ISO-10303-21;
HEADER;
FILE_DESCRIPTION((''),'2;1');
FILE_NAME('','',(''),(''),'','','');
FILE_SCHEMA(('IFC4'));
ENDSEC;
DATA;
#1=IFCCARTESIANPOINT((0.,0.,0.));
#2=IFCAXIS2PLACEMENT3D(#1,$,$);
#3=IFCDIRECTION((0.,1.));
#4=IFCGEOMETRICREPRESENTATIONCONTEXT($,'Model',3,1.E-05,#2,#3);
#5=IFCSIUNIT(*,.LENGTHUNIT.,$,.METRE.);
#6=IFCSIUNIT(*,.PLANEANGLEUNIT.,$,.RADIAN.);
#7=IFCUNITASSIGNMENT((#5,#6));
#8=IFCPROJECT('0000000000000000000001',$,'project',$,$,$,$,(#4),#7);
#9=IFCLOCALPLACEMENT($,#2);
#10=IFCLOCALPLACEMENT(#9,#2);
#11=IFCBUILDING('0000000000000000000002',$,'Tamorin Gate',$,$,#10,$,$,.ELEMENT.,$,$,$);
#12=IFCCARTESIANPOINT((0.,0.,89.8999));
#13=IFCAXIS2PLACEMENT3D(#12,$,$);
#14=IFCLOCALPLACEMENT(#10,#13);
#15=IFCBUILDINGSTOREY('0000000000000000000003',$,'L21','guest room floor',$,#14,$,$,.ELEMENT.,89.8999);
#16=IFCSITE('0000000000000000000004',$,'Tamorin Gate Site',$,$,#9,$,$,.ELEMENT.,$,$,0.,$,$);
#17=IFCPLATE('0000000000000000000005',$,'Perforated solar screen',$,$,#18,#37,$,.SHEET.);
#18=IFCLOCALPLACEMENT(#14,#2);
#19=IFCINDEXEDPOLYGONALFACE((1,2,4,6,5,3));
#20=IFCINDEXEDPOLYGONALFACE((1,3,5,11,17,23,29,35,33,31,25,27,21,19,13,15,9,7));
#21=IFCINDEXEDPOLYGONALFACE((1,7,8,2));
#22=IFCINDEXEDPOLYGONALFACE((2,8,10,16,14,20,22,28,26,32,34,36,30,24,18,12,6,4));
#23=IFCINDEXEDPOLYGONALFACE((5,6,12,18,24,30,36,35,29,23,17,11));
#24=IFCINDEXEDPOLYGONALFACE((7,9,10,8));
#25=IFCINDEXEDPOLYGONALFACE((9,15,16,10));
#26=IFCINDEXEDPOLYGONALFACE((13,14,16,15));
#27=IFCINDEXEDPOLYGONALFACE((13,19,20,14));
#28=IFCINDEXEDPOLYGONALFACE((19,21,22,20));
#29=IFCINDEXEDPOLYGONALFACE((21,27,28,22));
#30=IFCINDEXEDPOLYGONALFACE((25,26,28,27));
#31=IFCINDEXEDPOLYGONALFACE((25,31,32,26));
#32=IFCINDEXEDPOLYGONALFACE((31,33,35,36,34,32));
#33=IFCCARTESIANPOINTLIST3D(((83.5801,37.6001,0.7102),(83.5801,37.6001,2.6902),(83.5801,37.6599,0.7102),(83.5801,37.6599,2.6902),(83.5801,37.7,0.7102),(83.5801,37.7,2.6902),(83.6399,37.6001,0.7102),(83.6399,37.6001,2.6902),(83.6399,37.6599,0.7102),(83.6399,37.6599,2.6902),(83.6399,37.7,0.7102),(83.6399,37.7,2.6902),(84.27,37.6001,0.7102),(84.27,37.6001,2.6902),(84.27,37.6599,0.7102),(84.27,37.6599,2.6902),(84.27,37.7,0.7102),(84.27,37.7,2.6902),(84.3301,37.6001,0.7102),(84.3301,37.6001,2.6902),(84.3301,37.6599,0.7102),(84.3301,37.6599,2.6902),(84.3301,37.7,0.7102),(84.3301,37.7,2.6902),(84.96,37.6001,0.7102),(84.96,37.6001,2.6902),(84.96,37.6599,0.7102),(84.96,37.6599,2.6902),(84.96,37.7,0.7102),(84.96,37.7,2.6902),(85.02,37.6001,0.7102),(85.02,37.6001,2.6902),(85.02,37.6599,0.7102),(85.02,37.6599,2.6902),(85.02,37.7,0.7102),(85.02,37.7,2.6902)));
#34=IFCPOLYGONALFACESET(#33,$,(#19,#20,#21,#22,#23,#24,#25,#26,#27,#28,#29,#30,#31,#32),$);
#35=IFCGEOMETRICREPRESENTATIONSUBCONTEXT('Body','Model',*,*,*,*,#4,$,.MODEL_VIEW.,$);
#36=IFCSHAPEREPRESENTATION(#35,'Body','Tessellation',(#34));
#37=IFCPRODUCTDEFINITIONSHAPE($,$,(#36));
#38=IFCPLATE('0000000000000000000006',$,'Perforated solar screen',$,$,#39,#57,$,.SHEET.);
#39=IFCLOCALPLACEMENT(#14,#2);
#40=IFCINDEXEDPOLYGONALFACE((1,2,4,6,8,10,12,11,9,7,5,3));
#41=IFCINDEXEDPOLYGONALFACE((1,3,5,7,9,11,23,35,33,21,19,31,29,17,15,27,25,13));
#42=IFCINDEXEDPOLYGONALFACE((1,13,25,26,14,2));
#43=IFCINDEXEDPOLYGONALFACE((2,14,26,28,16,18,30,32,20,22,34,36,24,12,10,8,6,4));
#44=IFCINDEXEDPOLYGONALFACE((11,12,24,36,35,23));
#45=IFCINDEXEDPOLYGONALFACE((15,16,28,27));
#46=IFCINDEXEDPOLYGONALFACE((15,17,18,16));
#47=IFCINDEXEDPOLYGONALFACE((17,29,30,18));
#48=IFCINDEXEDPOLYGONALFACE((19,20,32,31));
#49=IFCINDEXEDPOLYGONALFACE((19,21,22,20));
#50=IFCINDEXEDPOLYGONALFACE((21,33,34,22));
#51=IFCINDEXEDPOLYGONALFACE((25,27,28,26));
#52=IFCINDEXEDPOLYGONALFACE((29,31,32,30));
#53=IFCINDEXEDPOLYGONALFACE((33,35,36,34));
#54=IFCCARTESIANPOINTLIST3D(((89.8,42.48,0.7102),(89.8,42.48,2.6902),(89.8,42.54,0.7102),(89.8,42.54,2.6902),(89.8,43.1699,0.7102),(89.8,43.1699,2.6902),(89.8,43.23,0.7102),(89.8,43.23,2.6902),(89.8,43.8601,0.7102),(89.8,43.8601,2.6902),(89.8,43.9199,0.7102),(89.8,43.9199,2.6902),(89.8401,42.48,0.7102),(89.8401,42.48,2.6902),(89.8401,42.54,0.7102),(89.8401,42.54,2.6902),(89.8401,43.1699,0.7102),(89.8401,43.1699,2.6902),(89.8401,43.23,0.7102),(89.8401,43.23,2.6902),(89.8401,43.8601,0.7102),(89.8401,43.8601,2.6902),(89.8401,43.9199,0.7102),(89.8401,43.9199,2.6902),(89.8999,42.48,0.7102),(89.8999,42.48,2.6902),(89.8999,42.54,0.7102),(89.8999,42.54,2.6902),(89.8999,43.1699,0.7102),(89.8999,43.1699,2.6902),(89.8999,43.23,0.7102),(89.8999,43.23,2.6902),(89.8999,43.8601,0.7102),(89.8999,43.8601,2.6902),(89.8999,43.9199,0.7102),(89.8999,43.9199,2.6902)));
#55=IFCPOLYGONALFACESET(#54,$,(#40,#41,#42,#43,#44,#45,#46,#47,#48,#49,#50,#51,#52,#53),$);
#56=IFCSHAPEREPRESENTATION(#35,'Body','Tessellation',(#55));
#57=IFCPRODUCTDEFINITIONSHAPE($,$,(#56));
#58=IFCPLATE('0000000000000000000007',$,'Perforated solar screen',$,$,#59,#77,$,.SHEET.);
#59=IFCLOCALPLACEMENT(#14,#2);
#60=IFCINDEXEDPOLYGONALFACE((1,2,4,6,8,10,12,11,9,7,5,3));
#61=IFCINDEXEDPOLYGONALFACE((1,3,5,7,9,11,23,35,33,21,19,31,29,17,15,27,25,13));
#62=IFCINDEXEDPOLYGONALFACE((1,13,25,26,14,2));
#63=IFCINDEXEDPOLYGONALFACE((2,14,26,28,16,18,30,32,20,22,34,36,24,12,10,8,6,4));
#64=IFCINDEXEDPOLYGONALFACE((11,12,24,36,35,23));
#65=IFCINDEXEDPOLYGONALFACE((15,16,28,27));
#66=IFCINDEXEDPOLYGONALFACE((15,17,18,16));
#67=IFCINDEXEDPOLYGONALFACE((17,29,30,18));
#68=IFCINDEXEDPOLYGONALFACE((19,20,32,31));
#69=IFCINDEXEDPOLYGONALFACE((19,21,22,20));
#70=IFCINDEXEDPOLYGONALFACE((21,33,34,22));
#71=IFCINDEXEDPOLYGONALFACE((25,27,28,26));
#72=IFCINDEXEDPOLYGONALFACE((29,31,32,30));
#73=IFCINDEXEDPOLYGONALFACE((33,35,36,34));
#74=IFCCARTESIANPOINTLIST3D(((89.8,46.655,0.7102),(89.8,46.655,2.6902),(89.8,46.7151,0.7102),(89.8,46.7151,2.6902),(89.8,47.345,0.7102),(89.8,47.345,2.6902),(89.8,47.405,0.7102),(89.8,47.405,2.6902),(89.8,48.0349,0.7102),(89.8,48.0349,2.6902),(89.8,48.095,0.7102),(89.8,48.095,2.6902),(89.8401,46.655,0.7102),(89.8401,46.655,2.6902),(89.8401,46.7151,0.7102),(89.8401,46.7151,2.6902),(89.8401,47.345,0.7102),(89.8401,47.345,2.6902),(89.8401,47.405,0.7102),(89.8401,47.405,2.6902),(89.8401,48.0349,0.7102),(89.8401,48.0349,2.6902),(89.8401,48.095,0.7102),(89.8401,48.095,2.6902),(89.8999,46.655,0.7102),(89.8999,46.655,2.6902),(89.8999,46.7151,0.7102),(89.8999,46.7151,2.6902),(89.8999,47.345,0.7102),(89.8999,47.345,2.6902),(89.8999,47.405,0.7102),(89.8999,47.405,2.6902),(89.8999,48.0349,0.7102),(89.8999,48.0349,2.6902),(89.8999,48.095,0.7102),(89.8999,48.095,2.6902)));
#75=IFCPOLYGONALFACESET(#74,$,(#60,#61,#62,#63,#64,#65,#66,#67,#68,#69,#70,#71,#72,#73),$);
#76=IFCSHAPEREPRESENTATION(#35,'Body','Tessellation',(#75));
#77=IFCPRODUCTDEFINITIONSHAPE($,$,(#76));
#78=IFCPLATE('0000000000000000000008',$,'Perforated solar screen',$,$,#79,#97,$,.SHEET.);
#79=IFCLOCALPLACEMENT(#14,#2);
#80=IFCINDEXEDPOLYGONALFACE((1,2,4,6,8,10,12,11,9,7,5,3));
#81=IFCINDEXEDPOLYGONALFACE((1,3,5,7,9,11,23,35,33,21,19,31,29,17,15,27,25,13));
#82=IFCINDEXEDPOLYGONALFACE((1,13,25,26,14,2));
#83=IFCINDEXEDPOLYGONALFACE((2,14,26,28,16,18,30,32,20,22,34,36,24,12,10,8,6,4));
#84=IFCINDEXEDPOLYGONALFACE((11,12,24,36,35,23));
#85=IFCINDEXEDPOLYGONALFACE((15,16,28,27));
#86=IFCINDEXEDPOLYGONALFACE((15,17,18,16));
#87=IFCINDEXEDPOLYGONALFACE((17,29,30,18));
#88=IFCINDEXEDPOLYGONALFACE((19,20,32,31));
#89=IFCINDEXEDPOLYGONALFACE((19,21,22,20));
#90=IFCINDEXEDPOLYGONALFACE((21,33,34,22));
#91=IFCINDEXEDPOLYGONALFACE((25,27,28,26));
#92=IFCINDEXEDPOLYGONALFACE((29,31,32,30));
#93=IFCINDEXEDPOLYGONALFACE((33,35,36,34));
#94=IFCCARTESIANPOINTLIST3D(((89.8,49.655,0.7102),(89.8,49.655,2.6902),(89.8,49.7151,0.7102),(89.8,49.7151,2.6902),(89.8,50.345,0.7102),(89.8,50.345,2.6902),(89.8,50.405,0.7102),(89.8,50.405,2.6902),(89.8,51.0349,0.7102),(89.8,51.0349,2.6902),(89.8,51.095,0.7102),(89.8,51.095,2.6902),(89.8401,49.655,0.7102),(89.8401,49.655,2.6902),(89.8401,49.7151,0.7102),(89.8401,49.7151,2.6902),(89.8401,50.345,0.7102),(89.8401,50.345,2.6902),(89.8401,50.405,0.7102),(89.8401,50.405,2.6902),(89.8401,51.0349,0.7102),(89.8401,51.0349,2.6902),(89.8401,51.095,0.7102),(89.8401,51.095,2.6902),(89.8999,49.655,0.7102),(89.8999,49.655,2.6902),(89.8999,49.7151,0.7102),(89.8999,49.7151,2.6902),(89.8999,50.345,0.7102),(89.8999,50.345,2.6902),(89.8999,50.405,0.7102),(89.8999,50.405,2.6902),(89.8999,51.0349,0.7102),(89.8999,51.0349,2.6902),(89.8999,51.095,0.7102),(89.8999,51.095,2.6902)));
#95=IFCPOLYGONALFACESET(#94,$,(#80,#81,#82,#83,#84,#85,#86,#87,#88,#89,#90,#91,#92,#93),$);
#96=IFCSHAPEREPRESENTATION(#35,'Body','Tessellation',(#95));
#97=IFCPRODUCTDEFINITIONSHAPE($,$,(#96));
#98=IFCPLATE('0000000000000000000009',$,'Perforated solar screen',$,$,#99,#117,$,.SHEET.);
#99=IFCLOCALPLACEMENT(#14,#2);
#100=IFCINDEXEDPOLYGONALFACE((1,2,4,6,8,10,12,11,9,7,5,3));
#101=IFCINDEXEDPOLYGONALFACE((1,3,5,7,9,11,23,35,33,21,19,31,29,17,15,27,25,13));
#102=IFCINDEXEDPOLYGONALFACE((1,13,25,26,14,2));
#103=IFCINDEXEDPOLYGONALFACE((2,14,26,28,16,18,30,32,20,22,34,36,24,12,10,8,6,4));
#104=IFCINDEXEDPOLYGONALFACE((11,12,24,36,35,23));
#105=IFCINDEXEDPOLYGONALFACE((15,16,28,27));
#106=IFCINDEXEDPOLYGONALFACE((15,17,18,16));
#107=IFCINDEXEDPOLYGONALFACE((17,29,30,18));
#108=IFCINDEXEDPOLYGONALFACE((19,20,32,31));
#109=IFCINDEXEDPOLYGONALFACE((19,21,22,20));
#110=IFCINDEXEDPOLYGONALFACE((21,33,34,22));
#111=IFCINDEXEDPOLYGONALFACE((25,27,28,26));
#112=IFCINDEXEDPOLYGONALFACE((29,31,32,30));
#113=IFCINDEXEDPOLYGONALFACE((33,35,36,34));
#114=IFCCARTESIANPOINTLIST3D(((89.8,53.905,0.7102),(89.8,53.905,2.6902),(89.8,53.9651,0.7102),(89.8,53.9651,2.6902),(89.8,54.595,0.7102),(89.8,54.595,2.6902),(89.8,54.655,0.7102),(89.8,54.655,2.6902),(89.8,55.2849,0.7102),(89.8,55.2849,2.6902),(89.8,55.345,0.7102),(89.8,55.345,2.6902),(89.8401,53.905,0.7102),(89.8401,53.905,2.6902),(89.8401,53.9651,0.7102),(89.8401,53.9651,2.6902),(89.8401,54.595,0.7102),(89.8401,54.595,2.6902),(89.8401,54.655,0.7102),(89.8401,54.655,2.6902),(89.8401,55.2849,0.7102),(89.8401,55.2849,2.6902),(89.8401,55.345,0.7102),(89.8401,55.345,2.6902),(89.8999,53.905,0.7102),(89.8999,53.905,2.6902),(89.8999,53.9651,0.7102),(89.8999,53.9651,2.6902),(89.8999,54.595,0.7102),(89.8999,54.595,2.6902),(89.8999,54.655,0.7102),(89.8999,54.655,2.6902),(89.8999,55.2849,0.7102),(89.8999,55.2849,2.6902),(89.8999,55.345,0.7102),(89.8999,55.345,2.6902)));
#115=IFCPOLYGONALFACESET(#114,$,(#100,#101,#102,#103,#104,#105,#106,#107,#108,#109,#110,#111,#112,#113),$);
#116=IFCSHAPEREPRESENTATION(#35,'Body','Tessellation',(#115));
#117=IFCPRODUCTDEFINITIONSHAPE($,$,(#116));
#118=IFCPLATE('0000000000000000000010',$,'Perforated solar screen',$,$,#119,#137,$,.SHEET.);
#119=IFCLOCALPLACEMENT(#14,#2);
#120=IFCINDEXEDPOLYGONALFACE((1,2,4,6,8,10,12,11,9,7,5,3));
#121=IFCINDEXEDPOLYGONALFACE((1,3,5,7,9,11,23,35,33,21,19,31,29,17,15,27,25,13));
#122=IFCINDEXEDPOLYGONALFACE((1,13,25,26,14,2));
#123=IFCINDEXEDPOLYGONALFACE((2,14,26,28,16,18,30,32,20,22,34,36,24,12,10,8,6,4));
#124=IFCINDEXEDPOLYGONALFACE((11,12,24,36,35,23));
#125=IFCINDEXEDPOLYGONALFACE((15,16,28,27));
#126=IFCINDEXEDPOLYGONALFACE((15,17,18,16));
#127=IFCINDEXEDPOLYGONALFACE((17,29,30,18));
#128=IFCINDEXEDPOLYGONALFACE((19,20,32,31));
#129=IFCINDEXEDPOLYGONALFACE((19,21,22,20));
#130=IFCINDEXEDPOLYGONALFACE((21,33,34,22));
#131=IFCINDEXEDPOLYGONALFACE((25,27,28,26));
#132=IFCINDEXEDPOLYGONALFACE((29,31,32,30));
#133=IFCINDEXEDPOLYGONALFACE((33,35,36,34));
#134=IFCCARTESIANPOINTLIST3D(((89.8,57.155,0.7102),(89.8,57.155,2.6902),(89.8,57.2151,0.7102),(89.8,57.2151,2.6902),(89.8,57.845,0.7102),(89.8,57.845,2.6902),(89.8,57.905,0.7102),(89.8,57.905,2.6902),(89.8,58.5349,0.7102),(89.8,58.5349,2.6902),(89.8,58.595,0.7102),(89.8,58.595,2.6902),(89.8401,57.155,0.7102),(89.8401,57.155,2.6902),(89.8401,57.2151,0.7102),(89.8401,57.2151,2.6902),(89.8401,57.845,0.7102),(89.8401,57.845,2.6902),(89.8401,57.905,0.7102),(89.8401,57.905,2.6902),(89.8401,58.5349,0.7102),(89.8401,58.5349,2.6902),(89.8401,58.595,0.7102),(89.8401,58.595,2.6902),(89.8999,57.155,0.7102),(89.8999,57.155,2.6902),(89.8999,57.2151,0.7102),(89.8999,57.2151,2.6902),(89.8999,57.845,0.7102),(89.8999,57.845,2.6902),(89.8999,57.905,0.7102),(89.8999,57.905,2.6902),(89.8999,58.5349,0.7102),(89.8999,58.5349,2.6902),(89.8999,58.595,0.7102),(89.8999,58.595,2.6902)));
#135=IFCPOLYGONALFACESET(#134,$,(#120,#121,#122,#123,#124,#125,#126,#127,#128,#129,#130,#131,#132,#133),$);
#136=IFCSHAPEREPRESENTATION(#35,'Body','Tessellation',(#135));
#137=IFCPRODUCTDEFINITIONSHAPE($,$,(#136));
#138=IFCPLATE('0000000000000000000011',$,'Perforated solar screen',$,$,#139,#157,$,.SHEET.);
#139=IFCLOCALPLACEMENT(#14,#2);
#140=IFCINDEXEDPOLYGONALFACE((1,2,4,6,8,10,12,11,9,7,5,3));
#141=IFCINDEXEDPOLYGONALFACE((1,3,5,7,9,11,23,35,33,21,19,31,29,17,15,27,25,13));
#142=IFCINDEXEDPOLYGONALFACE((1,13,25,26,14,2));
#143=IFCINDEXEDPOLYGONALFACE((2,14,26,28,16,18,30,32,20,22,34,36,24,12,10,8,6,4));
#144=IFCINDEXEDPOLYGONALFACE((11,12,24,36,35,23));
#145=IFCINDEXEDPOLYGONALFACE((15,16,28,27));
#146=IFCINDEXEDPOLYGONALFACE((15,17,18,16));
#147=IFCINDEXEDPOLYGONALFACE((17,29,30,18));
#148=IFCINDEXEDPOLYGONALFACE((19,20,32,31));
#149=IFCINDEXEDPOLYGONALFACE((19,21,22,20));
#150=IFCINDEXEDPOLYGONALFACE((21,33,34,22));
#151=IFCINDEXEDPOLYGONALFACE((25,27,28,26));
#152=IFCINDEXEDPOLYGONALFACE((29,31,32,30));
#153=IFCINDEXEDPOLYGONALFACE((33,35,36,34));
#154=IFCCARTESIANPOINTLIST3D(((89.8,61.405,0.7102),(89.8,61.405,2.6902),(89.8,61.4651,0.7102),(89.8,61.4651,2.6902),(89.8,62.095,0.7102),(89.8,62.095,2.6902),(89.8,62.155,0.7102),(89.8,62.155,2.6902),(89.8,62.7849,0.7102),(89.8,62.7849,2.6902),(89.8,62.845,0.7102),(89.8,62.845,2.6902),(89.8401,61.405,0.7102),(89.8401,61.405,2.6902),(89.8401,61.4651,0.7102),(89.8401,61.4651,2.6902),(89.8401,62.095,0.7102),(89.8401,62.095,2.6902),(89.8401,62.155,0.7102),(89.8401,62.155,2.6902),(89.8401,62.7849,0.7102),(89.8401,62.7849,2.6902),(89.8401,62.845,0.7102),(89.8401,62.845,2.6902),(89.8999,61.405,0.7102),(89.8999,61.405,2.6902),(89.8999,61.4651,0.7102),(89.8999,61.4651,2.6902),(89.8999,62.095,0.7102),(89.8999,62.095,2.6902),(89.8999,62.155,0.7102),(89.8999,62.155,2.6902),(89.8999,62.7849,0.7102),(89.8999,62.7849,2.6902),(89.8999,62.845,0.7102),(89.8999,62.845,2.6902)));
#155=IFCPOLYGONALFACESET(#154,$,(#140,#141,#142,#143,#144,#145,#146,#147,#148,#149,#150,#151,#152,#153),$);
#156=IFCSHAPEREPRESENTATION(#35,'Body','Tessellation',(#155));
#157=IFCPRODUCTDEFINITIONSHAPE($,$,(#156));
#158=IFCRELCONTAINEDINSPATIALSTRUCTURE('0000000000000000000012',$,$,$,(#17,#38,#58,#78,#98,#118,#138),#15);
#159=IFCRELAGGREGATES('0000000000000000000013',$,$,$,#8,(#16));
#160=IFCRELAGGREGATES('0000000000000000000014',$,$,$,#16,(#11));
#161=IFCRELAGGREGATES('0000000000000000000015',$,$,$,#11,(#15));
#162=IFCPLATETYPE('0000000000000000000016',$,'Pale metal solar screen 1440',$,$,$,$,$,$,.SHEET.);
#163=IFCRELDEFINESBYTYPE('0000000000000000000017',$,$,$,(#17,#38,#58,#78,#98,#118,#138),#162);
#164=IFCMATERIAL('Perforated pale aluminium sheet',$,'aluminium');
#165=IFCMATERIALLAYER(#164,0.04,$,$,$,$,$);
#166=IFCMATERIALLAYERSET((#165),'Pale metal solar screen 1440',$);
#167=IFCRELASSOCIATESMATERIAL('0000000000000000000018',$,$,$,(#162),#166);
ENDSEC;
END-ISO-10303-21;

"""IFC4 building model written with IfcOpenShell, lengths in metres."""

from ifc_helpers import new_model, si_unit, direction, frame, origin, place, context, subcontext, project, spatial, polyline, outline, extrude, material, layer, layer_set, type_object, element, save


model = new_model("IFC4")

# Units and contexts
model_context = context("Model", 3, precision=1e-05, world=origin(), true_north=direction((0.0, 1.0)))
body_context = subcontext(model_context, "Body", "Model", "MODEL_VIEW")
ifc_project = project(units=[si_unit("LENGTHUNIT", "METRE"), si_unit("PLANEANGLEUNIT", "RADIAN")], contexts=[model_context])

# Site, building, storey
site_placement = place(None, origin())
site = spatial("IfcSite", under=ifc_project, at=site_placement, Name="Tamorin Gate Site", CompositionType="ELEMENT", RefElevation=0.0)
building_placement = place(site_placement, origin())
building = spatial("IfcBuilding", under=site, at=building_placement, Name="Tamorin Gate", CompositionType="ELEMENT")
storey_placement = place(building_placement, frame((0.0, 0.0, 89.8999)))
storey = spatial("IfcBuildingStorey", under=building, at=storey_placement, Name="L21", Description="guest room floor", CompositionType="ELEMENT", Elevation=89.8999)

# Plates
ifc_material_1 = material(Name="Perforated pale aluminium sheet", Category="aluminium")
ifc_layer_1 = layer(ifc_material_1, 0.04)
ifc_layer_set_1 = layer_set([ifc_layer_1], Name="Pale metal solar screen 1440")
plate_type = type_object("IfcPlateType", Name="Pale metal solar screen 1440", PredefinedType="SHEET", material=ifc_layer_set_1)
plate_1_placement = place(storey_placement, frame((0.0, 0.0, 0.7102)))
element("IfcPlate", 1, at=plate_1_placement, inside=storey, type_object=plate_type, Name="Perforated solar screen", PredefinedType="SHEET", context=body_context, shape_type="SweptSolid", body=[
    extrude(outline(polyline([(83.5801, 37.6599), (83.5801, 37.7), (83.6399, 37.7), (84.27, 37.7), (84.3301, 37.7), (84.96, 37.7), (85.02, 37.7), (85.02, 37.6599), (85.02, 37.6001), (84.96, 37.6001), (84.96, 37.6599), (84.3301, 37.6599), (84.3301, 37.6001), (84.27, 37.6001), (84.27, 37.6599), (83.6399, 37.6599), (83.6399, 37.6001), (83.5801, 37.6001), (83.5801, 37.6599)])), origin(), (0.0, 0.0, 1.0), 1.98),
])
plate_2_placement = place(storey_placement, frame((0.0, 0.0, 0.7102)))
element("IfcPlate", 2, at=plate_2_placement, inside=storey, type_object=plate_type, Name="Perforated solar screen", PredefinedType="SHEET", context=body_context, shape_type="SweptSolid", body=[
    extrude(outline(polyline([(89.8401, 42.48), (89.8, 42.48), (89.8, 42.54), (89.8, 43.1699), (89.8, 43.23), (89.8, 43.8601), (89.8, 43.9199), (89.8401, 43.9199), (89.8999, 43.9199), (89.8999, 43.8601), (89.8401, 43.8601), (89.8401, 43.23), (89.8999, 43.23), (89.8999, 43.1699), (89.8401, 43.1699), (89.8401, 42.54), (89.8999, 42.54), (89.8999, 42.48), (89.8401, 42.48)])), origin(), (0.0, 0.0, 1.0), 1.98),
])
plate_3_placement = place(storey_placement, frame((0.0, 0.0, 0.7102)))
element("IfcPlate", 3, at=plate_3_placement, inside=storey, type_object=plate_type, Name="Perforated solar screen", PredefinedType="SHEET", context=body_context, shape_type="SweptSolid", body=[
    extrude(outline(polyline([(89.8401, 46.655), (89.8, 46.655), (89.8, 46.7151), (89.8, 47.345), (89.8, 47.405), (89.8, 48.0349), (89.8, 48.095), (89.8, 48.095), (89.8401, 48.095), (89.8401, 48.095), (89.8999, 48.095), (89.8999, 48.0349), (89.8401, 48.0349), (89.8401, 47.405), (89.8999, 47.405), (89.8999, 47.345), (89.8401, 47.345), (89.8401, 46.7151), (89.8999, 46.7151), (89.8999, 46.655), (89.8401, 46.655)])), origin(), (0.0, 0.0, 1.0), 1.98),
])
plate_4_placement = place(storey_placement, frame((0.0, 0.0, 0.7102)))
element("IfcPlate", 4, at=plate_4_placement, inside=storey, type_object=plate_type, Name="Perforated solar screen", PredefinedType="SHEET", context=body_context, shape_type="SweptSolid", body=[
    extrude(outline(polyline([(89.8401, 49.655), (89.8, 49.655), (89.8, 49.7151), (89.8, 50.345), (89.8, 50.405), (89.8, 51.0349), (89.8, 51.095), (89.8401, 51.095), (89.8999, 51.095), (89.8999, 51.0349), (89.8401, 51.0349), (89.8401, 50.405), (89.8999, 50.405), (89.8999, 50.345), (89.8401, 50.345), (89.8401, 49.7151), (89.8999, 49.7151), (89.8999, 49.655), (89.8401, 49.655)])), origin(), (0.0, 0.0, 1.0), 1.98),
])
plate_5_placement = place(storey_placement, frame((0.0, 0.0, 0.7102)))
element("IfcPlate", 5, at=plate_5_placement, inside=storey, type_object=plate_type, Name="Perforated solar screen", PredefinedType="SHEET", context=body_context, shape_type="SweptSolid", body=[
    extrude(outline(polyline([(89.8401, 53.905), (89.8, 53.905), (89.8, 53.9651), (89.8, 54.595), (89.8, 54.655), (89.8, 55.2849), (89.8, 55.345), (89.8401, 55.345), (89.8999, 55.345), (89.8999, 55.2849), (89.8401, 55.2849), (89.8401, 54.655), (89.8999, 54.655), (89.8999, 54.595), (89.8401, 54.595), (89.8401, 53.9651), (89.8999, 53.9651), (89.8999, 53.905), (89.8401, 53.905)])), origin(), (0.0, 0.0, 1.0), 1.98),
])
plate_6_placement = place(storey_placement, frame((0.0, 0.0, 0.7102)))
element("IfcPlate", 6, at=plate_6_placement, inside=storey, type_object=plate_type, Name="Perforated solar screen", PredefinedType="SHEET", context=body_context, shape_type="SweptSolid", body=[
    extrude(outline(polyline([(89.8401, 57.155), (89.8, 57.155), (89.8, 57.2151), (89.8, 57.845), (89.8, 57.905), (89.8, 58.5349), (89.8, 58.595), (89.8401, 58.595), (89.8999, 58.595), (89.8999, 58.5349), (89.8401, 58.5349), (89.8401, 57.905), (89.8999, 57.905), (89.8999, 57.845), (89.8401, 57.845), (89.8401, 57.2151), (89.8999, 57.2151), (89.8999, 57.155), (89.8401, 57.155)])), origin(), (0.0, 0.0, 1.0), 1.98),
])
plate_7_placement = place(storey_placement, frame((0.0, 0.0, 0.7102)))
element("IfcPlate", 7, at=plate_7_placement, inside=storey, type_object=plate_type, Name="Perforated solar screen", PredefinedType="SHEET", context=body_context, shape_type="SweptSolid", body=[
    extrude(outline(polyline([(89.8401, 61.405), (89.8, 61.405), (89.8, 61.4651), (89.8, 62.095), (89.8, 62.155), (89.8, 62.7849), (89.8, 62.845), (89.8401, 62.845), (89.8999, 62.845), (89.8999, 62.7849), (89.8401, 62.7849), (89.8401, 62.155), (89.8999, 62.155), (89.8999, 62.095), (89.8401, 62.095), (89.8401, 61.4651), (89.8999, 61.4651), (89.8999, 61.405), (89.8401, 61.405)])), origin(), (0.0, 0.0, 1.0), 1.98),
])

save(model, "model.ifc")
